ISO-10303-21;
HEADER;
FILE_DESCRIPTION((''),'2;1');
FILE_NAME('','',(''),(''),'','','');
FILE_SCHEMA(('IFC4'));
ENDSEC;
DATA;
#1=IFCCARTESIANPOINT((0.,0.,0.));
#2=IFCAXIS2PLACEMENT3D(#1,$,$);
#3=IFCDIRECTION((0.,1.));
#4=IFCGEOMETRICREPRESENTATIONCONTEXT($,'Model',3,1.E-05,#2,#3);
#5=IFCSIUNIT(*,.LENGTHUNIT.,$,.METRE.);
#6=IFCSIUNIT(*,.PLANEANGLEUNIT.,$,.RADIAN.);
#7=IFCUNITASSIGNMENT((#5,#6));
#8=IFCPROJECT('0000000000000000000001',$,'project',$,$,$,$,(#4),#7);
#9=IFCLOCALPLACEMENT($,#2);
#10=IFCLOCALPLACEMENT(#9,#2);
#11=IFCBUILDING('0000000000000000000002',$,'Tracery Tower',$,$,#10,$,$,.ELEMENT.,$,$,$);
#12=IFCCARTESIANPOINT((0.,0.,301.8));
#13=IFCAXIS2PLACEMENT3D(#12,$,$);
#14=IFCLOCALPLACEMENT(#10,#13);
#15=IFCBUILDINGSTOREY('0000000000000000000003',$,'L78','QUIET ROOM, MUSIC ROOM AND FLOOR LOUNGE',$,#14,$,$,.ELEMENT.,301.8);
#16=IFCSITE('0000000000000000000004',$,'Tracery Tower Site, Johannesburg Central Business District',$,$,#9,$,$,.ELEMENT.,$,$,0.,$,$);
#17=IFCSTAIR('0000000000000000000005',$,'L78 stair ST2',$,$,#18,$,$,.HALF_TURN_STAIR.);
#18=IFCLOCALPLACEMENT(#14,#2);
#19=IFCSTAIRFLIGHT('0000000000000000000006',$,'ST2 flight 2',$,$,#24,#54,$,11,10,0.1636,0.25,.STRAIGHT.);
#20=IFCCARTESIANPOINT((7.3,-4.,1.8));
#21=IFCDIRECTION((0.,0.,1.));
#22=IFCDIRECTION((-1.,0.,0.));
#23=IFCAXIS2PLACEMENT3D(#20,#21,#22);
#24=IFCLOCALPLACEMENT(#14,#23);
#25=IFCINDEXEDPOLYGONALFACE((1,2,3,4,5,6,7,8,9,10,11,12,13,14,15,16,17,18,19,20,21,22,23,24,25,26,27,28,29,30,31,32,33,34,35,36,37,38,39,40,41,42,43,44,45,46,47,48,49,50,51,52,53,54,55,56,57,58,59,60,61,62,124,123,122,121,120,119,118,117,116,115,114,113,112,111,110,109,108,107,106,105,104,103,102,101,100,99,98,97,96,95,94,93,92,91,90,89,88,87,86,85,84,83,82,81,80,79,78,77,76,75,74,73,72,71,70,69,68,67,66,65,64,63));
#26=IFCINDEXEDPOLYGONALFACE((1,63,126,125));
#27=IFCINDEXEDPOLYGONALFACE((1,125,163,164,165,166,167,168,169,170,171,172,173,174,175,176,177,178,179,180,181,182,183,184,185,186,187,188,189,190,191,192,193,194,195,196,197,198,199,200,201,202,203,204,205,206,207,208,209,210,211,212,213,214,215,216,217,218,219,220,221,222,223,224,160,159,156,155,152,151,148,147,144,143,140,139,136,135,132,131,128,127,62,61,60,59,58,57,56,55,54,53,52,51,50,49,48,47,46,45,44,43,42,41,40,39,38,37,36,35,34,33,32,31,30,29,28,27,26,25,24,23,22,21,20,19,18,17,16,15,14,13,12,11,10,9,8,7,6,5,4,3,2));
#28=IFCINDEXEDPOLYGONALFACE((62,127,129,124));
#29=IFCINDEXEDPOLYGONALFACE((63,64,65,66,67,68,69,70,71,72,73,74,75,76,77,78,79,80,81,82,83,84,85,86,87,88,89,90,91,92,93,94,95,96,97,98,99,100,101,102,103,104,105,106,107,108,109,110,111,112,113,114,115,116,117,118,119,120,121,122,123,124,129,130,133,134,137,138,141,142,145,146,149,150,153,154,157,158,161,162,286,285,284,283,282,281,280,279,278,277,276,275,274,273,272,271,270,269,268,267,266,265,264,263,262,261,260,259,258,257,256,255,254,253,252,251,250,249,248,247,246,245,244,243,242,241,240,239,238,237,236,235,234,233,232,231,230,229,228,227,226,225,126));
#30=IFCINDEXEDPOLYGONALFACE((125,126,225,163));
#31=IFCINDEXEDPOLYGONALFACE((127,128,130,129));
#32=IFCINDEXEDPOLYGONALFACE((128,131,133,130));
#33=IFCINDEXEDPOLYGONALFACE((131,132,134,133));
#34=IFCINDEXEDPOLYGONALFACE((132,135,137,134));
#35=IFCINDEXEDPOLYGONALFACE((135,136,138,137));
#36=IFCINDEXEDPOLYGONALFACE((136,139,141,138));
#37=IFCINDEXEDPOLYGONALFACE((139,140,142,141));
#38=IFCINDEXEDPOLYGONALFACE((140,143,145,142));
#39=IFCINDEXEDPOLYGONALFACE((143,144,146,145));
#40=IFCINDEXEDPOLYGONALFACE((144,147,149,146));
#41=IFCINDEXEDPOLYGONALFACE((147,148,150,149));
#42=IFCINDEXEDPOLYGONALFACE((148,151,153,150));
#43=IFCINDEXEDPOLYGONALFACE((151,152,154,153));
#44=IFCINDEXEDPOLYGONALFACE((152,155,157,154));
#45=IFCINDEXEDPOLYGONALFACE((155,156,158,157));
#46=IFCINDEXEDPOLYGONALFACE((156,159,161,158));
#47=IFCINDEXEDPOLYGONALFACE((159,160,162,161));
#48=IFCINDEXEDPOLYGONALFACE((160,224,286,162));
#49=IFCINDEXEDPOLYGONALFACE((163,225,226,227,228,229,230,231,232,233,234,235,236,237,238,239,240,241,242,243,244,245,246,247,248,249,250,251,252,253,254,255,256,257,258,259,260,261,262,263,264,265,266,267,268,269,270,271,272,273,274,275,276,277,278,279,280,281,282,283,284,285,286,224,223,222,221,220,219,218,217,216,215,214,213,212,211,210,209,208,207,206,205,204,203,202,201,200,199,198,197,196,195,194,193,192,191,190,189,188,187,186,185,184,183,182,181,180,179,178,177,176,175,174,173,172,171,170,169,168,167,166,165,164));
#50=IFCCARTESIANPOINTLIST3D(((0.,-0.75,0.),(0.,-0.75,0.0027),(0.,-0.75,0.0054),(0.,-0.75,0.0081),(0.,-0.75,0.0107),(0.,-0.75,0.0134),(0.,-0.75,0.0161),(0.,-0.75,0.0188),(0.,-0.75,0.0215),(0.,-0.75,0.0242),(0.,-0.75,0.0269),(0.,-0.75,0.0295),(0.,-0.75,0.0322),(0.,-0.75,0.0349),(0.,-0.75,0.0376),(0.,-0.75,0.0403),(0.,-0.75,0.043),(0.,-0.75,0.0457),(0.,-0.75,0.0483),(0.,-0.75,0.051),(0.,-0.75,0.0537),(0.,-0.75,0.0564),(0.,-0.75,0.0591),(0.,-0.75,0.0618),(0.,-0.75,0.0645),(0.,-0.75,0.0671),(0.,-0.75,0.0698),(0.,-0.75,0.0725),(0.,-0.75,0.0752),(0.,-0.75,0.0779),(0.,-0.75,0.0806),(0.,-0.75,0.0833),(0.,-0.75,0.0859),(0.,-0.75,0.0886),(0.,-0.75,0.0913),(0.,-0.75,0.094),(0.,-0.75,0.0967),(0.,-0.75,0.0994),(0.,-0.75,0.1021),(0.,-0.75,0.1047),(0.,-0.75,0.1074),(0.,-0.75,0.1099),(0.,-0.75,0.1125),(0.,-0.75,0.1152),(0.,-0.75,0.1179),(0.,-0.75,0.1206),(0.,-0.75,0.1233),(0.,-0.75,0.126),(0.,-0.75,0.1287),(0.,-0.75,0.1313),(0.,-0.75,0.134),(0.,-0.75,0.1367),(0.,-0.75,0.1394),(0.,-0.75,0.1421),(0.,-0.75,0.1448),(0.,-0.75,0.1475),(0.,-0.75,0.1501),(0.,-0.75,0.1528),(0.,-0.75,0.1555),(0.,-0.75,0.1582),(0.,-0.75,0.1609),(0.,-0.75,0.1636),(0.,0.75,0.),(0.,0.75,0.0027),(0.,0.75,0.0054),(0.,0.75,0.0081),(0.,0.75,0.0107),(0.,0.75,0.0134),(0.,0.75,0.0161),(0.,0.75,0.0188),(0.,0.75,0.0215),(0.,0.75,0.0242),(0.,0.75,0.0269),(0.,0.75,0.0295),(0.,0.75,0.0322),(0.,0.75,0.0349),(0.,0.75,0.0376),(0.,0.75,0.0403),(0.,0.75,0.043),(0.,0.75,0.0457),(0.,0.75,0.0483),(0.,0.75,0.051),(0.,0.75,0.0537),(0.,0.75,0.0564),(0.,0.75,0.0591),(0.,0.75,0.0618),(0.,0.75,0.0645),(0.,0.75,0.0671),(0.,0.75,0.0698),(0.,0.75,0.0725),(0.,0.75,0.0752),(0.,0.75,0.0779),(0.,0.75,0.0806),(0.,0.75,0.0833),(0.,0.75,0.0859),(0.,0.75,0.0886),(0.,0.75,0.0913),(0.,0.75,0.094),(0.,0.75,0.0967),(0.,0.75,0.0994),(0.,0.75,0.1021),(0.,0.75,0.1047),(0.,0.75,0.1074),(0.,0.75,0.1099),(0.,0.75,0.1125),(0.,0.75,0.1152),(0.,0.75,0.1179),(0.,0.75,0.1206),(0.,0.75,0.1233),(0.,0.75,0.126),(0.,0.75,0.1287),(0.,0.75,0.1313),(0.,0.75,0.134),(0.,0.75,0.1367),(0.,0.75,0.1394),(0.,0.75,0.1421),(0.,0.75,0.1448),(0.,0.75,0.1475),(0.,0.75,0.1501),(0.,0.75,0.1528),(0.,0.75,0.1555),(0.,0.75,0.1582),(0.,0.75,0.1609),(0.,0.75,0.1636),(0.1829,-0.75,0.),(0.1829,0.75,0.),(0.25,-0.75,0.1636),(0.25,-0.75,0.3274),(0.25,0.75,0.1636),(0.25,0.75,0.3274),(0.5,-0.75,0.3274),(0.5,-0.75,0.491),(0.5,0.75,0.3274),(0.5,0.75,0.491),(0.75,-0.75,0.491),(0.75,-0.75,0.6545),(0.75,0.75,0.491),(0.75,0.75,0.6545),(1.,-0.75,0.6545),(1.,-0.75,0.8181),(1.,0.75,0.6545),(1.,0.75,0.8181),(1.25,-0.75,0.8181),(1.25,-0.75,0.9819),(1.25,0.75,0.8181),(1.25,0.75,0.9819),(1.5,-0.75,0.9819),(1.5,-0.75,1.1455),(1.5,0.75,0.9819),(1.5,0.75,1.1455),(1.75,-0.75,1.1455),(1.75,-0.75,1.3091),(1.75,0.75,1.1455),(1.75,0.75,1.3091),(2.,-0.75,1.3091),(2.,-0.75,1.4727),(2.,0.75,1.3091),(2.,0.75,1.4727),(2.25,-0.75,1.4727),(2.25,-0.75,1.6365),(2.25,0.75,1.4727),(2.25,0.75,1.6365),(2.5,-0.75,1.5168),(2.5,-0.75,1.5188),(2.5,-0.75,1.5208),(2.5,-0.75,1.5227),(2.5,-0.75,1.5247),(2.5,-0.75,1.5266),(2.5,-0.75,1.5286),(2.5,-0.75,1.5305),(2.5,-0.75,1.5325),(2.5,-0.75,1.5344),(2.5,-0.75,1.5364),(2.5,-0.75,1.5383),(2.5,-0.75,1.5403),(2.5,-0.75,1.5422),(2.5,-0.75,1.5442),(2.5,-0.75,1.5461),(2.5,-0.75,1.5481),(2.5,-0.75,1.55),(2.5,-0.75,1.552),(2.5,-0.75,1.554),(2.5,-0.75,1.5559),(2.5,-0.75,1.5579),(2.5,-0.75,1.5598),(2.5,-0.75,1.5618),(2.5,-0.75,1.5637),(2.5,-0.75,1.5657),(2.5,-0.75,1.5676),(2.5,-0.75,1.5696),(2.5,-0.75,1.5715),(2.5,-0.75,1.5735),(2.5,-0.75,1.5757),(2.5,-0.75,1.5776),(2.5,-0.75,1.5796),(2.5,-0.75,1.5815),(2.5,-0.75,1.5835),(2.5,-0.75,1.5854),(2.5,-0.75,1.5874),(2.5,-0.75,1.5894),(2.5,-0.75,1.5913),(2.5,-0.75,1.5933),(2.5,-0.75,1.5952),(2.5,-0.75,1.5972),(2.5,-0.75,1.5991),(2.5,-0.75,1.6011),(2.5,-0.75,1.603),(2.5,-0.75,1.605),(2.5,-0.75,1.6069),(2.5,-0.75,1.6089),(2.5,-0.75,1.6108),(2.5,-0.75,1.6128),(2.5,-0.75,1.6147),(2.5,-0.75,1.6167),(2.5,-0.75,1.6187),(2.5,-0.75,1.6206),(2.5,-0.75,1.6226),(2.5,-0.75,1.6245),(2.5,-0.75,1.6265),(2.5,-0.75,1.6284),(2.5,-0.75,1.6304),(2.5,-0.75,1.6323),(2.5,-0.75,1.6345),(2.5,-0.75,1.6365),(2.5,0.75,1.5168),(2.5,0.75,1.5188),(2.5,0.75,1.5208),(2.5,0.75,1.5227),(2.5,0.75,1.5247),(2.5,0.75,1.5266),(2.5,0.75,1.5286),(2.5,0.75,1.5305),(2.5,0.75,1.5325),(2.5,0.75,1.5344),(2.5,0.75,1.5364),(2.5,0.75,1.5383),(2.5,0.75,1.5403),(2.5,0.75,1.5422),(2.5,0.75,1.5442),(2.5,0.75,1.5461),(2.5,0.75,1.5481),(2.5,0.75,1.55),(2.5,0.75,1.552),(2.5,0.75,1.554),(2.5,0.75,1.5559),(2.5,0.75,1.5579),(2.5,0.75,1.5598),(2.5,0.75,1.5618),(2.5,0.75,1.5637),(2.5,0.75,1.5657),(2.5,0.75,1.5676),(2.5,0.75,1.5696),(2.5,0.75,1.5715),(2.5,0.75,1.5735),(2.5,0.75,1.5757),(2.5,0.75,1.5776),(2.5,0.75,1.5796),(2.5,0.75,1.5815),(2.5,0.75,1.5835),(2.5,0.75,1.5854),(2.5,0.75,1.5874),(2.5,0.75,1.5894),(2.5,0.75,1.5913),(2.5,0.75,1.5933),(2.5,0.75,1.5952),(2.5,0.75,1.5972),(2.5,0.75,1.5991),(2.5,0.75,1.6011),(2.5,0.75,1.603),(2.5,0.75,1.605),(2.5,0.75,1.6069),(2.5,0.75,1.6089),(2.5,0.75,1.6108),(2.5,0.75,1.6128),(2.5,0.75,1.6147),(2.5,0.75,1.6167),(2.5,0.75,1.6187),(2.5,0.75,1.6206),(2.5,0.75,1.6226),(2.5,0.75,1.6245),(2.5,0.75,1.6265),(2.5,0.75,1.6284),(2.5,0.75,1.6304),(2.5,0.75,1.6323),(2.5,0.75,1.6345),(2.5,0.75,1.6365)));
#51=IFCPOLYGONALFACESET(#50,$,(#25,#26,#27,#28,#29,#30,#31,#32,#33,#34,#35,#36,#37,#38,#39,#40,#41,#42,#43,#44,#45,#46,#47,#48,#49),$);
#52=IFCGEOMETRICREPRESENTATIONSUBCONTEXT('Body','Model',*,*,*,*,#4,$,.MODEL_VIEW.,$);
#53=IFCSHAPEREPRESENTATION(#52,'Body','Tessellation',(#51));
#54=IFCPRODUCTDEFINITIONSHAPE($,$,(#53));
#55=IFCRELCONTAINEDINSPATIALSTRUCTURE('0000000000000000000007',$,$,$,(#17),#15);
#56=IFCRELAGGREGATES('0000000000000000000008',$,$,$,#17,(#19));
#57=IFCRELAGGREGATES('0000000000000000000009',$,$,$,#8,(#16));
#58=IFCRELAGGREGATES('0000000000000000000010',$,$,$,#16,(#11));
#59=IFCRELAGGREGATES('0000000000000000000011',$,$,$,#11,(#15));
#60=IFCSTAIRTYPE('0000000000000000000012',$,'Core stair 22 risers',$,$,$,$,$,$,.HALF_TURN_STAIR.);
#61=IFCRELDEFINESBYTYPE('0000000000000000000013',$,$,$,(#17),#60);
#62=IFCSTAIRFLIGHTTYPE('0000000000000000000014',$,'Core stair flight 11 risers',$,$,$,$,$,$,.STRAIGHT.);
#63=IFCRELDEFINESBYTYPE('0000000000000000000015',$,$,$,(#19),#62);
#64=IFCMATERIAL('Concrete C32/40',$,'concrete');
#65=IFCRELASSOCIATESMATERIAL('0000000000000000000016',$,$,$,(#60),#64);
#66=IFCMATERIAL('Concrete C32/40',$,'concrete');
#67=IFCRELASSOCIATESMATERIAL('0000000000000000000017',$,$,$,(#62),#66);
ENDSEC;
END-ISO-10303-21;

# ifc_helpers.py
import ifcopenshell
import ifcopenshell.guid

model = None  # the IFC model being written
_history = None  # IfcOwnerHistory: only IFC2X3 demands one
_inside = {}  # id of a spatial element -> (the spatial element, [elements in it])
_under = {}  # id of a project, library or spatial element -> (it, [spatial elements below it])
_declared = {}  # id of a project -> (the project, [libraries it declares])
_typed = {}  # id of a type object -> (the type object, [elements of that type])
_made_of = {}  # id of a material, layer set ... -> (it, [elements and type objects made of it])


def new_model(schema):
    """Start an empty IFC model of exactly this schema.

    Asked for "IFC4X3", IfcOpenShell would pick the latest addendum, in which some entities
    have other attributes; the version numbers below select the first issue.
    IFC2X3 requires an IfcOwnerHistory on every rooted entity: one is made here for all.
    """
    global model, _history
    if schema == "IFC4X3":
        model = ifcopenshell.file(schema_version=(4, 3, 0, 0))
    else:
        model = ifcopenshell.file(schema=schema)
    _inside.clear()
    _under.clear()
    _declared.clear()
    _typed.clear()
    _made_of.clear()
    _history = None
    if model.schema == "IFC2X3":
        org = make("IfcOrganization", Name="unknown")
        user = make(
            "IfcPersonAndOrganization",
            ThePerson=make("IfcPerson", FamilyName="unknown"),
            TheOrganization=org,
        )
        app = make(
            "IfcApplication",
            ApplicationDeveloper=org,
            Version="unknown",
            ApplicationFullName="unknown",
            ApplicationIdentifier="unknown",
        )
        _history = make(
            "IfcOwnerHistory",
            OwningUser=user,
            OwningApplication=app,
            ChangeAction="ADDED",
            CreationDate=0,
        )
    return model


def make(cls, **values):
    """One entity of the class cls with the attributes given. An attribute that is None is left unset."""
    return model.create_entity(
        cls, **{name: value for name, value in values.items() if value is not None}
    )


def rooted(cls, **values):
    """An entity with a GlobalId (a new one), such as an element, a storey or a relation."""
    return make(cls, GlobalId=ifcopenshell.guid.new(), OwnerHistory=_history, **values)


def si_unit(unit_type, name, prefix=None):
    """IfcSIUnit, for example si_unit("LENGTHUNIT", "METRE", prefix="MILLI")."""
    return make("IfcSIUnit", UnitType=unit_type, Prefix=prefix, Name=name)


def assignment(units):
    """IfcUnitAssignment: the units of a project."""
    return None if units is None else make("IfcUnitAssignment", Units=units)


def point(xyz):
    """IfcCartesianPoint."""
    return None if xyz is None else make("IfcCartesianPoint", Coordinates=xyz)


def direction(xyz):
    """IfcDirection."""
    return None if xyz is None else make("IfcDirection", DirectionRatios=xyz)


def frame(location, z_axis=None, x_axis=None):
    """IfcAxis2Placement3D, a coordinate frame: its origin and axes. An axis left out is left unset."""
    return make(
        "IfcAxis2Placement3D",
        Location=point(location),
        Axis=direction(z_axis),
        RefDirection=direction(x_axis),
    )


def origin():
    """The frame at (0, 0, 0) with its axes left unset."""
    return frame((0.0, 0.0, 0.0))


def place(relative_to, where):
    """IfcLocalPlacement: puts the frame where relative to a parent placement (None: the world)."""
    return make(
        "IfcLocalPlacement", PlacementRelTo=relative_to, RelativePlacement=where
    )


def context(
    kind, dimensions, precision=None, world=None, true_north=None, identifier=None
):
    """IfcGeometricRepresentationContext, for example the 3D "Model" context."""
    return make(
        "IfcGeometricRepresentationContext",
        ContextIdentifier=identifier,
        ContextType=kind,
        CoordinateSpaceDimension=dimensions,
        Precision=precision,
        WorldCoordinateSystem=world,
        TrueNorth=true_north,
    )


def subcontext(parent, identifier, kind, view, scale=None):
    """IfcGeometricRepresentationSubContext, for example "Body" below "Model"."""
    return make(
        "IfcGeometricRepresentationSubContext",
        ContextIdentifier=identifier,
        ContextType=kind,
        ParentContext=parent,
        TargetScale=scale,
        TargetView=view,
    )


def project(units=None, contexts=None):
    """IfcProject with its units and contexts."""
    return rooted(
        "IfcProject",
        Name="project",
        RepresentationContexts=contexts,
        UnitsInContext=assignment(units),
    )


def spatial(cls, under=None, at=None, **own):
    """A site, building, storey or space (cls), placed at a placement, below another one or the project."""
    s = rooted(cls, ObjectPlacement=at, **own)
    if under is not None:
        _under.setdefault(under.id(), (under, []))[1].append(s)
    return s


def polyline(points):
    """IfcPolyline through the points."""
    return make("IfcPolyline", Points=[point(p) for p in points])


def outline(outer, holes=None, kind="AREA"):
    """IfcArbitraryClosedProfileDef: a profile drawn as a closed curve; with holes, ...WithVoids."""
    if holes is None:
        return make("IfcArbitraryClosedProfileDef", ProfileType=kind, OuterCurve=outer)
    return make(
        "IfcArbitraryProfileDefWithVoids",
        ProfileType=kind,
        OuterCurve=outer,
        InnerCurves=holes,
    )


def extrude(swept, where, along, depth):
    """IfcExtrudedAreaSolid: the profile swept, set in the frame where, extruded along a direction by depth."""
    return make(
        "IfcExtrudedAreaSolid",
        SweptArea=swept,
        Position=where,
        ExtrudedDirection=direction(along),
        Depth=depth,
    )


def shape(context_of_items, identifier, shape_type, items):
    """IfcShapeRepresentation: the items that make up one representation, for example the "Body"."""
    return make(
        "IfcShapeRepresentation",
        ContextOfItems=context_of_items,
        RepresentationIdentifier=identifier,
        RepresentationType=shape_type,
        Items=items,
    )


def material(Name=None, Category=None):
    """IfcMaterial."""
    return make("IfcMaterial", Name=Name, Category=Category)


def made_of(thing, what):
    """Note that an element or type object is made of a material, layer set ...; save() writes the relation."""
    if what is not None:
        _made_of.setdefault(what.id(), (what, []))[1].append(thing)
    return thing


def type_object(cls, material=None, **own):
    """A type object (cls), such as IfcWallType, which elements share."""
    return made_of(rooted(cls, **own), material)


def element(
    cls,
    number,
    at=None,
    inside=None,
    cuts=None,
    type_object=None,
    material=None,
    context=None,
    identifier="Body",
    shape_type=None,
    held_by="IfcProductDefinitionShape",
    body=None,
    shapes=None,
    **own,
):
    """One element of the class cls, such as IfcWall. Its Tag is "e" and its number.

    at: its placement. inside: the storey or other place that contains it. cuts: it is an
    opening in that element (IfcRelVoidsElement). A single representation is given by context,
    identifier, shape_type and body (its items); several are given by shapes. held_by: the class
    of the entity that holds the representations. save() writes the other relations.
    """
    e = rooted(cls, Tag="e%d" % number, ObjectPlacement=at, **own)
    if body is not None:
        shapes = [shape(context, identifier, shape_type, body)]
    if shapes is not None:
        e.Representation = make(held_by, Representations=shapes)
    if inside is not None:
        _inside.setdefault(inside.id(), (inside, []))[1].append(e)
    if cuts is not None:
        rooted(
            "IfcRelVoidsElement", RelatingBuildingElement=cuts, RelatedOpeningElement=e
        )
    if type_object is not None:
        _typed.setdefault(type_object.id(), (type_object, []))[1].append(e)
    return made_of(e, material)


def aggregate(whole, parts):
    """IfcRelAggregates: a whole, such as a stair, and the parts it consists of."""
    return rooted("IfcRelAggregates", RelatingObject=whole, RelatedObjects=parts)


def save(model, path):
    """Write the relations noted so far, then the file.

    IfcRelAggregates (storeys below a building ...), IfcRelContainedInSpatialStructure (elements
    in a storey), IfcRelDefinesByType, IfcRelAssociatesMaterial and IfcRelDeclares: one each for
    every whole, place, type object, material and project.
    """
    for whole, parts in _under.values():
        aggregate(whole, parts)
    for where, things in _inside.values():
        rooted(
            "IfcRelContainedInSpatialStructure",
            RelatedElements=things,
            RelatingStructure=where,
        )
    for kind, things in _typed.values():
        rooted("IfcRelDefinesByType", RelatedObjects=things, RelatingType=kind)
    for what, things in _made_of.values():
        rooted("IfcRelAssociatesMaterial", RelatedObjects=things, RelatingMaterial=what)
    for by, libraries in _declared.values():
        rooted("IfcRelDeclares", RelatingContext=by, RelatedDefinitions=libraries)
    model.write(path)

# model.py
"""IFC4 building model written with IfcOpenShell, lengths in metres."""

from ifc_helpers import new_model, si_unit, direction, frame, origin, place, context, subcontext, project, spatial, polyline, outline, extrude, material, type_object, element, aggregate, save


model = new_model("IFC4")

# Units and contexts
model_context = context("Model", 3, precision=1e-05, world=origin(), true_north=direction((0.0, 1.0)))
body_context = subcontext(model_context, "Body", "Model", "MODEL_VIEW")
ifc_project = project(units=[si_unit("LENGTHUNIT", "METRE"), si_unit("PLANEANGLEUNIT", "RADIAN")], contexts=[model_context])

# Site, building, storey
site_placement = place(None, origin())
site = spatial("IfcSite", under=ifc_project, at=site_placement, Name="Tracery Tower Site, Johannesburg Central Business District", CompositionType="ELEMENT", RefElevation=0.0)
building_placement = place(site_placement, origin())
building = spatial("IfcBuilding", under=site, at=building_placement, Name="Tracery Tower", CompositionType="ELEMENT")
storey_placement = place(building_placement, frame((0.0, 0.0, 301.8)))
storey = spatial("IfcBuildingStorey", under=building, at=storey_placement, Name="L78", Description="QUIET ROOM, MUSIC ROOM AND FLOOR LOUNGE", CompositionType="ELEMENT", Elevation=301.8)

# Stair, stair flight
ifc_material_1 = material(Name="Concrete C32/40", Category="concrete")
stair_type = type_object("IfcStairType", Name="Core stair 22 risers", PredefinedType="HALF_TURN_STAIR", material=ifc_material_1)
stair_placement = place(storey_placement, origin())
stair = element("IfcStair", 1, at=stair_placement, inside=storey, type_object=stair_type, Name="L78 stair ST2", PredefinedType="HALF_TURN_STAIR")
ifc_material_2 = material(Name="Concrete C32/40", Category="concrete")
stair_flight_type = type_object("IfcStairFlightType", Name="Core stair flight 11 risers", PredefinedType="STRAIGHT", material=ifc_material_2)
stair_flight_placement = place(storey_placement, frame((7.3, -4.0, 1.8), z_axis=(0.0, 0.0, 1.0), x_axis=(-1.0, 0.0, 0.0)))
stair_flight = element("IfcStairFlight", 2, at=stair_flight_placement, type_object=stair_flight_type, Name="ST2 flight 2", NumberOfRisers=11, NumberOfTreads=10, PredefinedType="STRAIGHT", RiserHeight=0.1636, TreadLength=0.25, context=body_context, shape_type="SweptSolid", body=[
    extrude(outline(polyline([(0.0, 0.0), (0.0, 0.0027), (0.0, 0.0054), (0.0, 0.0081), (0.0, 0.0107), (0.0, 0.0134), (0.0, 0.0161), (0.0, 0.0188), (0.0, 0.0215), (0.0, 0.0242), (0.0, 0.0269), (0.0, 0.0295), (0.0, 0.0322), (0.0, 0.0349), (0.0, 0.0376), (0.0, 0.0403), (0.0, 0.043), (0.0, 0.0457), (0.0, 0.0483), (0.0, 0.051), (0.0, 0.0537), (0.0, 0.0564), (0.0, 0.0591), (0.0, 0.0618), (0.0, 0.0645), (0.0, 0.0671), (0.0, 0.0698), (0.0, 0.0725), (0.0, 0.0752), (0.0, 0.0779), (0.0, 0.0806), (0.0, 0.0833), (0.0, 0.0859), (0.0, 0.0886), (0.0, 0.0913), (0.0, 0.094), (0.0, 0.0967), (0.0, 0.0994), (0.0, 0.1021), (0.0, 0.1047), (0.0, 0.1074), (0.0, 0.1099), (0.0, 0.1125), (0.0, 0.1152), (0.0, 0.1179), (0.0, 0.1206), (0.0, 0.1233), (0.0, 0.126), (0.0, 0.1287), (0.0, 0.1313), (0.0, 0.134), (0.0, 0.1367), (0.0, 0.1394), (0.0, 0.1421), (0.0, 0.1448), (0.0, 0.1475), (0.0, 0.1501), (0.0, 0.1528), (0.0, 0.1555), (0.0, 0.1582), (0.0, 0.1609), (0.0, 0.1636), (0.25, 0.1636), (0.25, 0.3274), (0.5, 0.3274), (0.5, 0.491), (0.75, 0.491), (0.75, 0.6545), (1.0, 0.6545), (1.0, 0.8181), (1.25, 0.8181), (1.25, 0.9819), (1.5, 0.9819), (1.5, 1.1455), (1.75, 1.1455), (1.75, 1.3091), (2.0, 1.3091), (2.0, 1.4727), (2.25, 1.4727), (2.25, 1.6365), (2.5, 1.6365), (2.5, 1.6345), (2.5, 1.6323), (2.5, 1.6304), (2.5, 1.6284), (2.5, 1.6265), (2.5, 1.6245), (2.5, 1.6226), (2.5, 1.6206), (2.5, 1.6187), (2.5, 1.6167), (2.5, 1.6147), (2.5, 1.6128), (2.5, 1.6108), (2.5, 1.6089), (2.5, 1.6069), (2.5, 1.605), (2.5, 1.603), (2.5, 1.6011), (2.5, 1.5991), (2.5, 1.5972), (2.5, 1.5952), (2.5, 1.5933), (2.5, 1.5913), (2.5, 1.5894), (2.5, 1.5874), (2.5, 1.5854), (2.5, 1.5835), (2.5, 1.5815), (2.5, 1.5796), (2.5, 1.5776), (2.5, 1.5757), (2.5, 1.5735), (2.5, 1.5715), (2.5, 1.5696), (2.5, 1.5676), (2.5, 1.5657), (2.5, 1.5637), (2.5, 1.5618), (2.5, 1.5598), (2.5, 1.5579), (2.5, 1.5559), (2.5, 1.554), (2.5, 1.552), (2.5, 1.55), (2.5, 1.5481), (2.5, 1.5461), (2.5, 1.5442), (2.5, 1.5422), (2.5, 1.5403), (2.5, 1.5383), (2.5, 1.5364), (2.5, 1.5344), (2.5, 1.5325), (2.5, 1.5305), (2.5, 1.5286), (2.5, 1.5266), (2.5, 1.5247), (2.5, 1.5227), (2.5, 1.5208), (2.5, 1.5188), (2.5, 1.5168), (0.1829, 0.0), (0.0, 0.0)])), frame((0.0, 0.75, 0.0), z_axis=(0.0, -1.0, 0.0), x_axis=(1.0, 0.0, 0.0)), (0.0, 0.0, 1.0), 1.5),
])
aggregate(stair, [stair_flight])

save(model, "model.ifc")
